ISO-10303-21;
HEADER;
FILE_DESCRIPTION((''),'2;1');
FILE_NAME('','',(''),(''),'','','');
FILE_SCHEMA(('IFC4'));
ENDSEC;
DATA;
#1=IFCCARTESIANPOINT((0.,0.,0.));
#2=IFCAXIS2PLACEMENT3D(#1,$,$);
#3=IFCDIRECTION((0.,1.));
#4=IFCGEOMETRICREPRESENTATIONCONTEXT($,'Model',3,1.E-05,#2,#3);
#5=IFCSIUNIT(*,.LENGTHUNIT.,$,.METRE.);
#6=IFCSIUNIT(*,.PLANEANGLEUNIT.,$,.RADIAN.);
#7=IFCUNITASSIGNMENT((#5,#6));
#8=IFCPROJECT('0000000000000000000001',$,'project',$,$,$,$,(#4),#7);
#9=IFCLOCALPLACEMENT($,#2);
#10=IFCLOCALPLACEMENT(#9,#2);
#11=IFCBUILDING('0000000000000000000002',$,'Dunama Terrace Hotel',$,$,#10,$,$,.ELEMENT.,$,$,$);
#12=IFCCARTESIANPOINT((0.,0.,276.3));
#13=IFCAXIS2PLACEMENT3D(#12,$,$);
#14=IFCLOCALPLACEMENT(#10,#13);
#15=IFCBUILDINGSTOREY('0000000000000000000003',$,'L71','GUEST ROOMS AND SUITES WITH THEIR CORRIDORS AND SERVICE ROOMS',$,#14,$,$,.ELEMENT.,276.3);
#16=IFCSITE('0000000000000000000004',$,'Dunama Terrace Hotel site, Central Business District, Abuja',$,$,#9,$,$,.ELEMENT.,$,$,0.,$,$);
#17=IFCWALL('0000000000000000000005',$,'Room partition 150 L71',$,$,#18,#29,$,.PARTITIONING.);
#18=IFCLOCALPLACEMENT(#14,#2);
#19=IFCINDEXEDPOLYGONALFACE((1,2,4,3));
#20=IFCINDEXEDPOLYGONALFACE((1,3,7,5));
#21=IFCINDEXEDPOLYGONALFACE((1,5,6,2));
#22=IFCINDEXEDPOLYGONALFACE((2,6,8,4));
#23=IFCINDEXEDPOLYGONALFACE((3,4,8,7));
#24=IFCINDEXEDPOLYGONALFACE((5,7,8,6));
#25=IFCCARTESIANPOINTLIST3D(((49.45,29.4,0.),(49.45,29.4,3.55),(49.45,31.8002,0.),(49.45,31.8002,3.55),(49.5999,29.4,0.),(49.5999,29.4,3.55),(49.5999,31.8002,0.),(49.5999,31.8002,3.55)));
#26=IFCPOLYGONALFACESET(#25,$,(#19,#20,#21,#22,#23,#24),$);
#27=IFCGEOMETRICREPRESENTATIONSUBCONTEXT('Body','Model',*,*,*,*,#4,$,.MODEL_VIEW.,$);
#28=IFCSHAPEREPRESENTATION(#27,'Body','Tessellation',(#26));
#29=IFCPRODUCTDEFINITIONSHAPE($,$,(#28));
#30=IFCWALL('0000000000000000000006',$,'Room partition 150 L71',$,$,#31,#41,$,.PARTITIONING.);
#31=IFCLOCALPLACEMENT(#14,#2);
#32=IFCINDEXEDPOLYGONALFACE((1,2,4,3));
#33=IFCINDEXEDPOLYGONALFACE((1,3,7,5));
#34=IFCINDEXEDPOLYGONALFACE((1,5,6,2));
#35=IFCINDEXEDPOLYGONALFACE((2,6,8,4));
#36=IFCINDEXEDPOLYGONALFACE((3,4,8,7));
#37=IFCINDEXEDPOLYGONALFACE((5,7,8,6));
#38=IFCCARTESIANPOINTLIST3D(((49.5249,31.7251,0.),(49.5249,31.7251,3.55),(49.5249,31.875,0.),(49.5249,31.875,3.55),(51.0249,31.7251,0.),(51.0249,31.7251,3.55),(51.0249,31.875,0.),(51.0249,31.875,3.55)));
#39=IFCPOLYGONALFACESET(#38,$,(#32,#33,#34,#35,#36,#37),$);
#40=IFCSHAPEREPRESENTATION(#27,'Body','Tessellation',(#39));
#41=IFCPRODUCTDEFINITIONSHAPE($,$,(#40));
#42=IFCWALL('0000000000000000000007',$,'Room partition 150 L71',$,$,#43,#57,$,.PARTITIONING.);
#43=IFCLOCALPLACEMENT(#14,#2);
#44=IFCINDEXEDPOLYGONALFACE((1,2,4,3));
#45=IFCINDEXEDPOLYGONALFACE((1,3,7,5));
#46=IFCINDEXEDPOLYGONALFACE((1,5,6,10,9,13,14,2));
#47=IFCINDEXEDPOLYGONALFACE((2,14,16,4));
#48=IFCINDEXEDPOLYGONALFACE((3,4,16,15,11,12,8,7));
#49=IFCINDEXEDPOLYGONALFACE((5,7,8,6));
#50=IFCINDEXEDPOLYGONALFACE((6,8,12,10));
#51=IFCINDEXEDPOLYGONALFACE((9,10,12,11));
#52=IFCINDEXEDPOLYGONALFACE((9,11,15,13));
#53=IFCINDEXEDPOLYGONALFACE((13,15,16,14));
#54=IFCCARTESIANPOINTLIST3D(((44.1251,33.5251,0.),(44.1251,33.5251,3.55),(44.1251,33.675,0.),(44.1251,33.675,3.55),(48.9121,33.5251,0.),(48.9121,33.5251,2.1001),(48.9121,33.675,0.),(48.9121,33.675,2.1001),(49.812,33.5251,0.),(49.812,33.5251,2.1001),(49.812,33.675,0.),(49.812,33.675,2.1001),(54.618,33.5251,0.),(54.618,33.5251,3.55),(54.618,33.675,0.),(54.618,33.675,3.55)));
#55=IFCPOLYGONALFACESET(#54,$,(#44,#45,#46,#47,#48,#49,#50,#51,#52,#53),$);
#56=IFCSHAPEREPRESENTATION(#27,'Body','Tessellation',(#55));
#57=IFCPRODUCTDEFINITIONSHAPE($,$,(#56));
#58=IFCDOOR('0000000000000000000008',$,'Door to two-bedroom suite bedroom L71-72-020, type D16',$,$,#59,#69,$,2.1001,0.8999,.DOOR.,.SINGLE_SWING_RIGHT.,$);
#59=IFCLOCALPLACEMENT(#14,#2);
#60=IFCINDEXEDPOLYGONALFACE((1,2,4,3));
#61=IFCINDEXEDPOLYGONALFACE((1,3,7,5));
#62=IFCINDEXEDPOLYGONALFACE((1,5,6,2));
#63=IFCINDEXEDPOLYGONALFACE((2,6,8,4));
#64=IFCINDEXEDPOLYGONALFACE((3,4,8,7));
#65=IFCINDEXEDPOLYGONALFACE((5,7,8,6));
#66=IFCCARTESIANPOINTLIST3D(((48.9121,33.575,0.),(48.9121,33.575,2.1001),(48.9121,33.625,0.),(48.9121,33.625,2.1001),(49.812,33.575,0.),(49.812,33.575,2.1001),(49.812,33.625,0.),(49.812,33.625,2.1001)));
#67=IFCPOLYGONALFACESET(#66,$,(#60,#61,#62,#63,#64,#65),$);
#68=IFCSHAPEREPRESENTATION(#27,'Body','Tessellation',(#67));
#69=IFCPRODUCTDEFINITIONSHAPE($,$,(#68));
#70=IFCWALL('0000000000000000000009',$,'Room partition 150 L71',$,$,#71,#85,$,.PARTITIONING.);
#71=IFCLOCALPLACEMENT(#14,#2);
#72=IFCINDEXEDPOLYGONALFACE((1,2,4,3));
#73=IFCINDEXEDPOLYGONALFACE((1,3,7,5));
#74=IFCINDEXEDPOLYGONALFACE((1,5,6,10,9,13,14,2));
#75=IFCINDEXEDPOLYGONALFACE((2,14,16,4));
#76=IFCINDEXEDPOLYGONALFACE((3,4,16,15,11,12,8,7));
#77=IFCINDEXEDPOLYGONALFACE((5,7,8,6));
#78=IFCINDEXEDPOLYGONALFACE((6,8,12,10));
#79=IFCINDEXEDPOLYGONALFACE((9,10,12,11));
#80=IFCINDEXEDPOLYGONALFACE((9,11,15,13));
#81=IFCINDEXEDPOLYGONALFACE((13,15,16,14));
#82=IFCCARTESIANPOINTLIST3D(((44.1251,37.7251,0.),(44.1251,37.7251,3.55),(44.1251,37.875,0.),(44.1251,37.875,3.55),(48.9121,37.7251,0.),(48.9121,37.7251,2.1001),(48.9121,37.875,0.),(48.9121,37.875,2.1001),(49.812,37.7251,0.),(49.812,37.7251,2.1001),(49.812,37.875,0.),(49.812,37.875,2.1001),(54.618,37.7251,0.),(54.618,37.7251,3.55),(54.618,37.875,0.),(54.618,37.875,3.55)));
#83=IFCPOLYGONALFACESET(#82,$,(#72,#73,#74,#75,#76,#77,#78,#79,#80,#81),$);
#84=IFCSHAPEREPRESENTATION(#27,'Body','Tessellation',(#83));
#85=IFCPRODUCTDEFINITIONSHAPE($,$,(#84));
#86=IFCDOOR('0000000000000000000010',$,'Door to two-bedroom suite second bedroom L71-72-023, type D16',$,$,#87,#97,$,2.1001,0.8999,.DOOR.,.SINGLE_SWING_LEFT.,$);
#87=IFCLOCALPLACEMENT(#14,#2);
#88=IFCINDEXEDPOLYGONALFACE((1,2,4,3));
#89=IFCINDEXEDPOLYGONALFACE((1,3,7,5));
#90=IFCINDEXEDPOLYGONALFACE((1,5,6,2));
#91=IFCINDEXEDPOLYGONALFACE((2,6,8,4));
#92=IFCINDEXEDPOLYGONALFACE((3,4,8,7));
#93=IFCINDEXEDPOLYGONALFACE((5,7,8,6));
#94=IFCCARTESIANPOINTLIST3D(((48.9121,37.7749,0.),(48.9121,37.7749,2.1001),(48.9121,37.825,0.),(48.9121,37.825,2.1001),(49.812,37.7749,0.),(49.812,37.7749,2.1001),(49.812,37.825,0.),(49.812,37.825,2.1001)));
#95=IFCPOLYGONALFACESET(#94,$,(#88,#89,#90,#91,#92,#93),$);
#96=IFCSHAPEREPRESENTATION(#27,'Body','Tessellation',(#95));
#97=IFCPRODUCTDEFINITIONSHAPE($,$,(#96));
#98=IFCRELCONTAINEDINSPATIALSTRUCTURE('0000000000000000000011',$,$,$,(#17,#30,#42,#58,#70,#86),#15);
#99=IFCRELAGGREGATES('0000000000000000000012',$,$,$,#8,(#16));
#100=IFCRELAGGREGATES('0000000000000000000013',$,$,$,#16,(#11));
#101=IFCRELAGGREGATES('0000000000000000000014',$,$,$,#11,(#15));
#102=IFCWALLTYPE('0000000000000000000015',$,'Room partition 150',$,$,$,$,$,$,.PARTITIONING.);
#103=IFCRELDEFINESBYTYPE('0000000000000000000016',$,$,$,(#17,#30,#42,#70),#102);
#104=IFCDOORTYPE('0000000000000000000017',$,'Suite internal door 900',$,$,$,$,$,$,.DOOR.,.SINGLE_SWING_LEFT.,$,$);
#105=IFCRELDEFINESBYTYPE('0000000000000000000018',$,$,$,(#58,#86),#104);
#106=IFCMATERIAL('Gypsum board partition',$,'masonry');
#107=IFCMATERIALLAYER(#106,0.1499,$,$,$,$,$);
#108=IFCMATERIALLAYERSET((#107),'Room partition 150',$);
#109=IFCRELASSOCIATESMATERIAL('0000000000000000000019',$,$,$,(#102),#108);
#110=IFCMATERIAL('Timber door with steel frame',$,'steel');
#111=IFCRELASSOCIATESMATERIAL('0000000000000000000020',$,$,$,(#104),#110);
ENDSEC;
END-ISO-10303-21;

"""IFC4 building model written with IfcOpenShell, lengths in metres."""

from ifc_helpers import new_model, si_unit, direction, frame, frame_2d, origin, place, context, subcontext, project, spatial, rectangle, extrude, material, layer, layer_set, type_object, element, fill, save


model = new_model("IFC4")

# Units and contexts
model_context = context("Model", 3, precision=1e-05, world=origin(), true_north=direction((0.0, 1.0)))
body_context = subcontext(model_context, "Body", "Model", "MODEL_VIEW")
ifc_project = project(units=[si_unit("LENGTHUNIT", "METRE"), si_unit("PLANEANGLEUNIT", "RADIAN")], contexts=[model_context])

# Site, building, storey
site_placement = place(None, origin())
site = spatial("IfcSite", under=ifc_project, at=site_placement, Name="Dunama Terrace Hotel site, Central Business District, Abuja", CompositionType="ELEMENT", RefElevation=0.0)
building_placement = place(site_placement, origin())
building = spatial("IfcBuilding", under=site, at=building_placement, Name="Dunama Terrace Hotel", CompositionType="ELEMENT")
storey_placement = place(building_placement, frame((0.0, 0.0, 276.3)))
storey = spatial("IfcBuildingStorey", under=building, at=storey_placement, Name="L71", Description="GUEST ROOMS AND SUITES WITH THEIR CORRIDORS AND SERVICE ROOMS", CompositionType="ELEMENT", Elevation=276.3)

# Shared definitions
ifc_material_1 = material(Name="Gypsum board partition", Category="masonry")
ifc_layer_1 = layer(ifc_material_1, 0.1499)
ifc_layer_set_1 = layer_set([ifc_layer_1], Name="Room partition 150")
wall_type_1 = type_object("IfcWallType", Name="Room partition 150", PredefinedType="PARTITIONING", material=ifc_layer_set_1)

# Walls
wall_1_placement = place(storey_placement, frame((49.5249, 29.3999, 0.0), z_axis=(0.0, 0.0, 1.0), x_axis=(0.0, 1.0, 0.0)))
element("IfcWall", 1, at=wall_1_placement, inside=storey, type_object=wall_type_1, Name="Room partition 150 L71", PredefinedType="PARTITIONING", context=body_context, shape_type="SweptSolid", body=[
    extrude(rectangle(XDim=2.4001, YDim=0.1499, at=frame_2d((1.2002, 0.0))), origin(), (0.0, 0.0, 1.0), 3.55),
])
wall_2_placement = place(storey_placement, frame((49.5249, 31.8, 0.0), z_axis=(0.0, 0.0, 1.0), x_axis=(1.0, 0.0, 0.0)))
element("IfcWall", 2, at=wall_2_placement, inside=storey, type_object=wall_type_1, Name="Room partition 150 L71", PredefinedType="PARTITIONING", context=body_context, shape_type="SweptSolid", body=[
    extrude(rectangle(XDim=1.5, YDim=0.1499, at=frame_2d((0.75, 0.0))), origin(), (0.0, 0.0, 1.0), 3.55),
])

# Walls, openings, doors
wall_3_placement = place(storey_placement, frame((44.125, 33.6001, 0.0), z_axis=(0.0, 0.0, 1.0), x_axis=(1.0, 0.0, 0.0)))
wall_3 = element("IfcWall", 3, at=wall_3_placement, inside=storey, type_object=wall_type_1, Name="Room partition 150 L71", PredefinedType="PARTITIONING", context=body_context, shape_type="SweptSolid", body=[
    extrude(rectangle(XDim=10.4929, YDim=0.1499, at=frame_2d((5.2466, 0.0))), origin(), (0.0, 0.0, 1.0), 3.55),
])
opening_1_placement = place(wall_3_placement, frame((4.7871, 0.0, 0.0)))
opening_1 = element("IfcOpeningElement", 4, at=opening_1_placement, cuts=wall_3, PredefinedType="OPENING", context=body_context, shape_type="SweptSolid", body=[
    extrude(rectangle(XDim=0.8999, YDim=2.1001, at=frame_2d((0.45, 1.05))), frame((0.0, 0.085, 0.0), z_axis=(0.0, -1.0, 0.0), x_axis=(1.0, 0.0, 0.0)), (0.0, 0.0, 1.0), 0.1699),
])
ifc_material_2 = material(Name="Timber door with steel frame", Category="steel")
door_type_1 = type_object("IfcDoorType", Name="Suite internal door 900", OperationType="SINGLE_SWING_LEFT", PredefinedType="DOOR", material=ifc_material_2)
door_1_placement = place(opening_1_placement, frame((0.8999, 0.0, 0.0), z_axis=(0.0, 0.0, 1.0), x_axis=(-1.0, 0.0, 0.0)))
door_1 = element("IfcDoor", 5, at=door_1_placement, inside=storey, type_object=door_type_1, Name="Door to two-bedroom suite bedroom L71-72-020, type D16", OperationType="SINGLE_SWING_RIGHT", OverallHeight=2.1001, OverallWidth=0.8999, PredefinedType="DOOR", context=body_context, shape_type="SweptSolid", body=[
    extrude(rectangle(XDim=0.8999, YDim=2.1001, at=frame_2d((0.45, 1.05))), frame((0.0, 0.0251, 0.0), z_axis=(0.0, -1.0, 0.0), x_axis=(1.0, 0.0, 0.0)), (0.0, 0.0, 1.0), 0.05),
])
fill(opening_1, door_1)
wall_4_placement = place(storey_placement, frame((44.125, 37.8, 0.0), z_axis=(0.0, 0.0, 1.0), x_axis=(1.0, 0.0, 0.0)))
wall_4 = element("IfcWall", 6, at=wall_4_placement, inside=storey, type_object=wall_type_1, Name="Room partition 150 L71", PredefinedType="PARTITIONING", context=body_context, shape_type="SweptSolid", body=[
    extrude(rectangle(XDim=10.4929, YDim=0.1499, at=frame_2d((5.2466, 0.0))), origin(), (0.0, 0.0, 1.0), 3.55),
])
opening_2_placement = place(wall_4_placement, frame((4.7871, 0.0, 0.0)))
opening_2 = element("IfcOpeningElement", 7, at=opening_2_placement, cuts=wall_4, PredefinedType="OPENING", context=body_context, shape_type="SweptSolid", body=[
    extrude(rectangle(XDim=0.8999, YDim=2.1001, at=frame_2d((0.45, 1.05))), frame((0.0, 0.085, 0.0), z_axis=(0.0, -1.0, 0.0), x_axis=(1.0, 0.0, 0.0)), (0.0, 0.0, 1.0), 0.1699),
])
door_2_placement = place(opening_2_placement, origin())
door_2 = element("IfcDoor", 8, at=door_2_placement, inside=storey, type_object=door_type_1, Name="Door to two-bedroom suite second bedroom L71-72-023, type D16", OperationType="SINGLE_SWING_LEFT", OverallHeight=2.1001, OverallWidth=0.8999, PredefinedType="DOOR", context=body_context, shape_type="SweptSolid", body=[
    extrude(rectangle(XDim=0.8999, YDim=2.1001, at=frame_2d((0.45, 1.05))), frame((0.0, 0.0249, 0.0), z_axis=(0.0, -1.0, 0.0), x_axis=(1.0, 0.0, 0.0)), (0.0, 0.0, 1.0), 0.05),
])
fill(opening_2, door_2)

save(model, "model.ifc")
